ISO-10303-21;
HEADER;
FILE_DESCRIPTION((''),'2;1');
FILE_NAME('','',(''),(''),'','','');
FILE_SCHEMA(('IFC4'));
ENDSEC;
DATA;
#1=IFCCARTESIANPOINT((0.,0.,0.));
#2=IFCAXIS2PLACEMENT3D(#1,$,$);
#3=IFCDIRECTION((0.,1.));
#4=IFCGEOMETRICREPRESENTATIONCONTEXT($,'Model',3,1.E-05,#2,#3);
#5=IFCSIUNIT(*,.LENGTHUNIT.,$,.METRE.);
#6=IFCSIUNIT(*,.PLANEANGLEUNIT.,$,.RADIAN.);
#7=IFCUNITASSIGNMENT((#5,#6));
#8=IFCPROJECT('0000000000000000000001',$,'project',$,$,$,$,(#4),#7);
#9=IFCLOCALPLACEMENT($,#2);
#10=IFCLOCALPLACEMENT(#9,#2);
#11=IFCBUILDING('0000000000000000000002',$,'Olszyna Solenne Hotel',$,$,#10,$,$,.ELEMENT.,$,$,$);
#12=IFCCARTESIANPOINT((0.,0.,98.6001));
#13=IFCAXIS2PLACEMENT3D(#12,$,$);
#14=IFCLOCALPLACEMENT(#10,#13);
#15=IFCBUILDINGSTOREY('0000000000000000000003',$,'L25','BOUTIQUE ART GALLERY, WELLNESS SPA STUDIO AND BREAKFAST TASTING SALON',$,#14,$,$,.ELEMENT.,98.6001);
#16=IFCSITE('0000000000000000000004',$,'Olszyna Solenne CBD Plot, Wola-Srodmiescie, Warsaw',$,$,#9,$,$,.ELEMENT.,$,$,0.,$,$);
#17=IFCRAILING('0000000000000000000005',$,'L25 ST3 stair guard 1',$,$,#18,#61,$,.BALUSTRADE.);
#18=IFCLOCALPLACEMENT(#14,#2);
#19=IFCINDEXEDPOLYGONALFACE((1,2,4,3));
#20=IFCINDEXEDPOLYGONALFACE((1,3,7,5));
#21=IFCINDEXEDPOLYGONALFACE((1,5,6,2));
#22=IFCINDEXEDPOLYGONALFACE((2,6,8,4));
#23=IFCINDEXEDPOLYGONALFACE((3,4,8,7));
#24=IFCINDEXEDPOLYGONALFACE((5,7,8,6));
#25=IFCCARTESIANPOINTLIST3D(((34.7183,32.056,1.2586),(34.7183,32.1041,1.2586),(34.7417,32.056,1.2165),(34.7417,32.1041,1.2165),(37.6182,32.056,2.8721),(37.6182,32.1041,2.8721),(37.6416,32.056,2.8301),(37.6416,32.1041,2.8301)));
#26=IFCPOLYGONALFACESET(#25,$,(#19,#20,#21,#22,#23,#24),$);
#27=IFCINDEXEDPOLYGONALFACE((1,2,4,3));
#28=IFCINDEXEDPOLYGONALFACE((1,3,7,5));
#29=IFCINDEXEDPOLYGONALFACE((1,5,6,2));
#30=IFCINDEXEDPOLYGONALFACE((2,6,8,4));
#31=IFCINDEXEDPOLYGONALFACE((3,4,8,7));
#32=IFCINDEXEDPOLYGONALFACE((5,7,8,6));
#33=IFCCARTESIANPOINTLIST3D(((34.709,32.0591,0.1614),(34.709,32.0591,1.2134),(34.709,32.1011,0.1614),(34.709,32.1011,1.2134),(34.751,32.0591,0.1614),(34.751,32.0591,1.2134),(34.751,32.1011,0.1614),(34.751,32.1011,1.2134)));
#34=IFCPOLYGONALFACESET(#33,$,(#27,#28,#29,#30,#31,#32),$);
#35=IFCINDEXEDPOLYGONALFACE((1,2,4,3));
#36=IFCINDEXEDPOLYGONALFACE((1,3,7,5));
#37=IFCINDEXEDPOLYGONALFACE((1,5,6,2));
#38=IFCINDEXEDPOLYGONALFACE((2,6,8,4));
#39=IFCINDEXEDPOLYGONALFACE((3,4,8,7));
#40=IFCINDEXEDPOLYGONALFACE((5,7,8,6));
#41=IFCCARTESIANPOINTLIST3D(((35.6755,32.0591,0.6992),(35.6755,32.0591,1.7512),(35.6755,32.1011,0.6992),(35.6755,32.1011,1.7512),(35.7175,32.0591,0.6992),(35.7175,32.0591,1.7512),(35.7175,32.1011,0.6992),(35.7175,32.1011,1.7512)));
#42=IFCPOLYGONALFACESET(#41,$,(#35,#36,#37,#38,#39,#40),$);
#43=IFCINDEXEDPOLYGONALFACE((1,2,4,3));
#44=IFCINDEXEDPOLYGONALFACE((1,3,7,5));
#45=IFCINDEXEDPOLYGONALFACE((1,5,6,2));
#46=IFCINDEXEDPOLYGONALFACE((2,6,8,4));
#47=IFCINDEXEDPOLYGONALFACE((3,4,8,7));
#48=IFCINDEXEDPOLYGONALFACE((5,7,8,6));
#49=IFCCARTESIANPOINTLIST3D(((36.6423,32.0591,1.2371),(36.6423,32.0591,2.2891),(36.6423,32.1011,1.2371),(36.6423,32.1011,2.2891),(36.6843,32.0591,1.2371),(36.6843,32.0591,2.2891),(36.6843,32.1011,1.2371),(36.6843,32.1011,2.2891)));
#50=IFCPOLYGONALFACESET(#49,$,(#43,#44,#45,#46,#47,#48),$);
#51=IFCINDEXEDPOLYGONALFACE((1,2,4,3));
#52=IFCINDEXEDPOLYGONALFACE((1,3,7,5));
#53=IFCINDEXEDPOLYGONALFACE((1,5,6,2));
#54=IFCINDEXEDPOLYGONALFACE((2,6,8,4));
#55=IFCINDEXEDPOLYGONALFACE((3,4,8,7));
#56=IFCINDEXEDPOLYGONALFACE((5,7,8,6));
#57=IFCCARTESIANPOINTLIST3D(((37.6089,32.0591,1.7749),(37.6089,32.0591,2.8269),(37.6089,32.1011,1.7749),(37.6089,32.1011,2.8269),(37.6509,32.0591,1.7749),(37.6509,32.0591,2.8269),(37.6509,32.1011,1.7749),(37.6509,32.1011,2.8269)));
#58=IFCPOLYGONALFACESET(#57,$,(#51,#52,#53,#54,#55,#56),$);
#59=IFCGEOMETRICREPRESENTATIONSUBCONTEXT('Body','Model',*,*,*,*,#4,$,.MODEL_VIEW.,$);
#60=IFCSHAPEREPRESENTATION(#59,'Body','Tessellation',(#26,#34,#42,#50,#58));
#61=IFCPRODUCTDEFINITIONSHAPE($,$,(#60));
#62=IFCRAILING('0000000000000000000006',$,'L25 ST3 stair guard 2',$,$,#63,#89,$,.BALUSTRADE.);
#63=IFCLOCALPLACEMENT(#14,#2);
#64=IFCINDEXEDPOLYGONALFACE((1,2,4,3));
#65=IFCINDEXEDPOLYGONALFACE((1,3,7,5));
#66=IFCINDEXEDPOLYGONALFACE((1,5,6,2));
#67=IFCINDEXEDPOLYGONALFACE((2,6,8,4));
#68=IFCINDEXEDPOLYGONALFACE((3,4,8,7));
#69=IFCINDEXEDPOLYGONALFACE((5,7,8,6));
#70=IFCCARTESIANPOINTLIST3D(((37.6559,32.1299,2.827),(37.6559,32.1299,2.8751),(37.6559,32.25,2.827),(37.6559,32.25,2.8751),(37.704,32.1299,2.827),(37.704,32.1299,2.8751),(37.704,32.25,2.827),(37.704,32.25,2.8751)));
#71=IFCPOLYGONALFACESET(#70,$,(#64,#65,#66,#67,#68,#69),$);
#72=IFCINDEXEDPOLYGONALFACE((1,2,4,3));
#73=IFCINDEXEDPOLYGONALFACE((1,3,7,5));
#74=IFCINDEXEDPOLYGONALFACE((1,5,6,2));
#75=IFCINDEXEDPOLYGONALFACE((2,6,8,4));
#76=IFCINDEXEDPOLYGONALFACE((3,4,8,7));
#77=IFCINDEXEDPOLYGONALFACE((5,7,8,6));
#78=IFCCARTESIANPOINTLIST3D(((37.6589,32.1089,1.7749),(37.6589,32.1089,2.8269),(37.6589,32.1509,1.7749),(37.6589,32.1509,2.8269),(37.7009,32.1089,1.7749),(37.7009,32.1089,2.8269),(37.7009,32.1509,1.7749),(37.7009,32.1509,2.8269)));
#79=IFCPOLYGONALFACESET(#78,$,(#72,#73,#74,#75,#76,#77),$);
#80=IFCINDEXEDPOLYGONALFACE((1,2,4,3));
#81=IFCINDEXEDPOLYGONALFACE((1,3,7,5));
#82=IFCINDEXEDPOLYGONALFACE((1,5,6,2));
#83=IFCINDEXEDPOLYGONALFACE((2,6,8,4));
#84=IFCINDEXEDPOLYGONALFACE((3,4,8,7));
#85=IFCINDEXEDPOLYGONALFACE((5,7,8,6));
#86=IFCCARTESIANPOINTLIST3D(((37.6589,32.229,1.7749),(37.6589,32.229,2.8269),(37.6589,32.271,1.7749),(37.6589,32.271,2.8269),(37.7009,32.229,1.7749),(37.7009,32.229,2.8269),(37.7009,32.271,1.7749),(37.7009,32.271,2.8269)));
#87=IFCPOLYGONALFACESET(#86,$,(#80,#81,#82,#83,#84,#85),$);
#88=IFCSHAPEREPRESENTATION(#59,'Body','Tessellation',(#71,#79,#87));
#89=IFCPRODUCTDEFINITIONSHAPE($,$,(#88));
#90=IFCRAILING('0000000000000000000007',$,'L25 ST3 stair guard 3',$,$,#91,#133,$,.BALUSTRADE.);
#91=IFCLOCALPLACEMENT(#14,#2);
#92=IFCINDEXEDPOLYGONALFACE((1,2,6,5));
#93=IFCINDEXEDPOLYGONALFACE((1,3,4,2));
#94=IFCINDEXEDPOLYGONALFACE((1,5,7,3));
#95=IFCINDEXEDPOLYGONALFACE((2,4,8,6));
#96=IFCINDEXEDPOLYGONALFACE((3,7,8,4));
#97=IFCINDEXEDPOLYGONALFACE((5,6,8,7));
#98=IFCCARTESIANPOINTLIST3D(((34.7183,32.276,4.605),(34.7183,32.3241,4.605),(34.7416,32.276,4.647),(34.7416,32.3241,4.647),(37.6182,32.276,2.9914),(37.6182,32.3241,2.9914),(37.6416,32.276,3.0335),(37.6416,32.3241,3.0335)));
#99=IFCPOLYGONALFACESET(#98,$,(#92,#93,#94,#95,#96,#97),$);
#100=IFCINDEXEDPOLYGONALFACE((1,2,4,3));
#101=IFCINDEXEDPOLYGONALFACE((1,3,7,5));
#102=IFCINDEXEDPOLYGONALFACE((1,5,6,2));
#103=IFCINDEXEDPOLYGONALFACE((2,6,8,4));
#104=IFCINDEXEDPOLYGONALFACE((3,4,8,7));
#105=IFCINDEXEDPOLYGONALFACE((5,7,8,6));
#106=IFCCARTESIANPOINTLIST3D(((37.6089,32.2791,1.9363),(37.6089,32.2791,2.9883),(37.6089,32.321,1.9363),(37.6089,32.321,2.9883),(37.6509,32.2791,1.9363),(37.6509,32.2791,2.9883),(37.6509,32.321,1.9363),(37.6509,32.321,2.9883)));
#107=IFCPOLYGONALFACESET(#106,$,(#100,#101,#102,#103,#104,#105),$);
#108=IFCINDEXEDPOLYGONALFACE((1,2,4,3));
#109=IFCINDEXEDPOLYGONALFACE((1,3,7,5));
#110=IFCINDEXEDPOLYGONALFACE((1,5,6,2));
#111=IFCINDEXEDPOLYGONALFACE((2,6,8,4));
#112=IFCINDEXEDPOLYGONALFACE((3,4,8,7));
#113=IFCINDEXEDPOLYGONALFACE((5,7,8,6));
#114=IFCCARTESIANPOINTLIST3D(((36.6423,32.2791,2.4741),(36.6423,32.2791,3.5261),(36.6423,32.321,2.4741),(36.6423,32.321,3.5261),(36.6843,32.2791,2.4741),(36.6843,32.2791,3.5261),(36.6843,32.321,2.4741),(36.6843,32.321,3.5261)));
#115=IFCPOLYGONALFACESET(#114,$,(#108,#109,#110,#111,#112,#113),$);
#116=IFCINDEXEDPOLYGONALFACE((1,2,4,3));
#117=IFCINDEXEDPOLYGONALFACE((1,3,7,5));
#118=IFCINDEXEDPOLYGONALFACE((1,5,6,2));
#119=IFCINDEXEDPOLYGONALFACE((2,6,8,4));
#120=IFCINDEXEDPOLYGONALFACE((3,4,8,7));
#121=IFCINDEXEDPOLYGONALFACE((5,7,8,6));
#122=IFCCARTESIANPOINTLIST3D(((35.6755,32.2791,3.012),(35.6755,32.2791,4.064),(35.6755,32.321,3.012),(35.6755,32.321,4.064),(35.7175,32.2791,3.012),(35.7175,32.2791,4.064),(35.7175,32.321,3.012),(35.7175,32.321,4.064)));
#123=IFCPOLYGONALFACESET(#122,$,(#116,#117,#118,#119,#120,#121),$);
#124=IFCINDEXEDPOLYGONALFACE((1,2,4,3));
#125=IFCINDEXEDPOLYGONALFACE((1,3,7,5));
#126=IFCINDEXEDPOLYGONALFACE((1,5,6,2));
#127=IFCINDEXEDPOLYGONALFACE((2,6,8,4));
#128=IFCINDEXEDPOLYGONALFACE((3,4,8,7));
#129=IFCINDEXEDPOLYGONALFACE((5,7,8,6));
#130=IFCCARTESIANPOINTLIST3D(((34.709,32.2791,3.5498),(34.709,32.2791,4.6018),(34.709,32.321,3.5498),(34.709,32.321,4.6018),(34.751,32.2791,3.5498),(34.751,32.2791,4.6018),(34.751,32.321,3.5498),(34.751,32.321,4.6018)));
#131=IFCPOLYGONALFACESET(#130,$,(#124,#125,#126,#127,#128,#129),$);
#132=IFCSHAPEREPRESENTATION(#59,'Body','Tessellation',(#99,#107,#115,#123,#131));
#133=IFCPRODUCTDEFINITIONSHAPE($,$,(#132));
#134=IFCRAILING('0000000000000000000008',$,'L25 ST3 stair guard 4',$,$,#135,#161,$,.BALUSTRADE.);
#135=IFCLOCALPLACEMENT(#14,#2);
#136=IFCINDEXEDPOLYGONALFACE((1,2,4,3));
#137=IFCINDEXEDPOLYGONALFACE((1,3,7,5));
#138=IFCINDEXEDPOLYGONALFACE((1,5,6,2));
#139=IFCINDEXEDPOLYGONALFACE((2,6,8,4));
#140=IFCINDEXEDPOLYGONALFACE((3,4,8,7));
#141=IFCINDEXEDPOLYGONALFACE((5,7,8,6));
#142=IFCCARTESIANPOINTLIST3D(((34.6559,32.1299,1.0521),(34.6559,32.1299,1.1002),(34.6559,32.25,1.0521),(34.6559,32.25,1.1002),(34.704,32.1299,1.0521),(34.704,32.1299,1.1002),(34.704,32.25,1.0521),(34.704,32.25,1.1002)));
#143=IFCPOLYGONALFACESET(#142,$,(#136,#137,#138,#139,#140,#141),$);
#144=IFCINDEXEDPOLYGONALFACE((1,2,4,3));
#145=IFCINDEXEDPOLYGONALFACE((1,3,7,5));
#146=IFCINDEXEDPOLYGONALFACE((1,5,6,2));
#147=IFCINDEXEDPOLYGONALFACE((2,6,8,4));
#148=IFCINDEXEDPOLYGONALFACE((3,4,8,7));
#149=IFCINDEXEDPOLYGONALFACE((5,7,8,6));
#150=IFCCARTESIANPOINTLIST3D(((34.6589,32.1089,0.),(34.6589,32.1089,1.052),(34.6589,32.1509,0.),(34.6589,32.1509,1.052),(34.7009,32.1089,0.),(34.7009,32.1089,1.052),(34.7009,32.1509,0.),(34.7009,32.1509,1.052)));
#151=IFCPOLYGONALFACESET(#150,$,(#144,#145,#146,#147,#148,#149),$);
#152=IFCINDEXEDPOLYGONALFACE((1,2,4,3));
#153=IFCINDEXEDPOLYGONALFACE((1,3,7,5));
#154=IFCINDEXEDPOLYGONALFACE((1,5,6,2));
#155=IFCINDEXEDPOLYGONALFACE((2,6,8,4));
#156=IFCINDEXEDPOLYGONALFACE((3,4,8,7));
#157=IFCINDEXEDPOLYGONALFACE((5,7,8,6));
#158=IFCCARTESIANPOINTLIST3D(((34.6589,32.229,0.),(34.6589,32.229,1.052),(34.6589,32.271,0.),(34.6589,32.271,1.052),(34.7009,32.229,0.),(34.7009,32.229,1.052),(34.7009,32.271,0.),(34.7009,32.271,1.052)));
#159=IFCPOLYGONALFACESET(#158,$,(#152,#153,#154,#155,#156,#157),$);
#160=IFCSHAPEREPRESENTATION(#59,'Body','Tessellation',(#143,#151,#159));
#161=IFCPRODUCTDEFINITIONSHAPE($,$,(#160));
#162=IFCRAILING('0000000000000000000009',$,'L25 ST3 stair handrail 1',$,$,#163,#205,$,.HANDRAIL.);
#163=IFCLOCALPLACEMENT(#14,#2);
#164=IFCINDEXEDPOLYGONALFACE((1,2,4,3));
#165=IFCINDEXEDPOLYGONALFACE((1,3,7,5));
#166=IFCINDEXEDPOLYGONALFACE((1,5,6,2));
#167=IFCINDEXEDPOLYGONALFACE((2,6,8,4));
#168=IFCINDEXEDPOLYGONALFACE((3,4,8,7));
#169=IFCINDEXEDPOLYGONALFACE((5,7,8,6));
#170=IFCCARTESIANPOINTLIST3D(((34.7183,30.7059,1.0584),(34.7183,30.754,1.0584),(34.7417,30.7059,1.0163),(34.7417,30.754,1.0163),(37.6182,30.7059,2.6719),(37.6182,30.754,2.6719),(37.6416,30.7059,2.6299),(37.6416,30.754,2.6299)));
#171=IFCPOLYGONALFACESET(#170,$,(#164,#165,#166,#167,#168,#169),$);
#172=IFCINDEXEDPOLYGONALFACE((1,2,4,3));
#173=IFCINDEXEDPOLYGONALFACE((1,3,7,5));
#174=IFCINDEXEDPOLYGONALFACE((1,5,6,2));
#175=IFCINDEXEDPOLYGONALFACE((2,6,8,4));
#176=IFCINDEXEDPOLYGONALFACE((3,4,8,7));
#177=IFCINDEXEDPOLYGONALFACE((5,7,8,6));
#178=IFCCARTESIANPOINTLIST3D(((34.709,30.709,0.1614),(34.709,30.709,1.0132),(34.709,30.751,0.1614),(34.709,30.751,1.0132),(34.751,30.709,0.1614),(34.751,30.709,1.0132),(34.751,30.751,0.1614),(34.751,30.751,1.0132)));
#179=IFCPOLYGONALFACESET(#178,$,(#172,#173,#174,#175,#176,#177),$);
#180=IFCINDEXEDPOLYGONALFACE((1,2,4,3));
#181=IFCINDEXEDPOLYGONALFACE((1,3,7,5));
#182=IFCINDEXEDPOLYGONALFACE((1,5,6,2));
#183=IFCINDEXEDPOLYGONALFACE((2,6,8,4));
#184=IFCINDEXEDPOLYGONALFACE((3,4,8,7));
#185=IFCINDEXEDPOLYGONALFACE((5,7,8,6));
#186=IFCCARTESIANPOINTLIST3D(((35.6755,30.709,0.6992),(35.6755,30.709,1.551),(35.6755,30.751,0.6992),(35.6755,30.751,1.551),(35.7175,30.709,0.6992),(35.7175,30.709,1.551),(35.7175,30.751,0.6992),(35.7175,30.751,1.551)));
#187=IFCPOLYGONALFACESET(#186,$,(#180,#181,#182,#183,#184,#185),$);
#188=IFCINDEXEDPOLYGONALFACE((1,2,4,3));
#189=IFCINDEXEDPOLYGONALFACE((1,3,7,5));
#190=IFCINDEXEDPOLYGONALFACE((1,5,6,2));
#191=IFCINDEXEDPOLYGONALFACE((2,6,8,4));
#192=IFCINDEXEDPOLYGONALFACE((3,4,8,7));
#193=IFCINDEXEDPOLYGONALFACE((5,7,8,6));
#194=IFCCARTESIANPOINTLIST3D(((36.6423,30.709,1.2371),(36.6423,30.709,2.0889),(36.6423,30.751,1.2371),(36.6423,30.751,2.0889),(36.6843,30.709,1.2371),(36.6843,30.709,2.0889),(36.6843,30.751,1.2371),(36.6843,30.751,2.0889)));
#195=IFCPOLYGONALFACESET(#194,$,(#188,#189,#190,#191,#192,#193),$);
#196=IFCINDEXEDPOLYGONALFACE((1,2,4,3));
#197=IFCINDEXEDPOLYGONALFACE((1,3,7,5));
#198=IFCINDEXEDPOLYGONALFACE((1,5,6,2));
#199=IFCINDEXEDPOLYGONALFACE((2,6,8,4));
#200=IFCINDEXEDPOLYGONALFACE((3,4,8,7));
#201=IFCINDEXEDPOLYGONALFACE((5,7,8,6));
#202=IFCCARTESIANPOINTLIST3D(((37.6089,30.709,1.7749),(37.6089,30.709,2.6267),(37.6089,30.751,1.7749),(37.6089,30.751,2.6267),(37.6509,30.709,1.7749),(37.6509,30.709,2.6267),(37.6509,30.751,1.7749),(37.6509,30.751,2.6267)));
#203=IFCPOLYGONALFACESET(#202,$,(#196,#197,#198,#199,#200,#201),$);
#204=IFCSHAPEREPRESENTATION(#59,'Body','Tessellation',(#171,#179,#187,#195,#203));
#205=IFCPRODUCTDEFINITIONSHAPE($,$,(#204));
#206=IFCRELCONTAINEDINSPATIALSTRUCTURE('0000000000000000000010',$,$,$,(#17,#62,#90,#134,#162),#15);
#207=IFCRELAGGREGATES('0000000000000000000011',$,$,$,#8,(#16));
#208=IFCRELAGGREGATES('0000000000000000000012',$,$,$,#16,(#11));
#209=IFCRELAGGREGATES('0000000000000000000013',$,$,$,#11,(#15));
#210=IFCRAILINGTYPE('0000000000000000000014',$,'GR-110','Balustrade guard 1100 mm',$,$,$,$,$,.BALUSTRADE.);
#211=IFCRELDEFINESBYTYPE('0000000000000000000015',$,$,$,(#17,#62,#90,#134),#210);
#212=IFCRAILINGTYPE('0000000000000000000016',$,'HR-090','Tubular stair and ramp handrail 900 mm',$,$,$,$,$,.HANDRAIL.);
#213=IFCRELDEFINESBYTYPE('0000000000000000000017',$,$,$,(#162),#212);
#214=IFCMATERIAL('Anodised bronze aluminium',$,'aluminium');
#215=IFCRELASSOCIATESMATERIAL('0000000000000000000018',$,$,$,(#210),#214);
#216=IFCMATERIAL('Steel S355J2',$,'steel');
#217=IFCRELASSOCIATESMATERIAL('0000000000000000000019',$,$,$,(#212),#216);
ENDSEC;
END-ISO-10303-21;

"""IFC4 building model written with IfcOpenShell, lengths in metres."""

from ifc_helpers import new_model, si_unit, direction, frame, origin, origin_2d, place, context, subcontext, project, spatial, rectangle, extrude, material, type_object, element, save


model = new_model("IFC4")

# Units and contexts
model_context = context("Model", 3, precision=1e-05, world=origin(), true_north=direction((0.0, 1.0)))
body_context = subcontext(model_context, "Body", "Model", "MODEL_VIEW")
ifc_project = project(units=[si_unit("LENGTHUNIT", "METRE"), si_unit("PLANEANGLEUNIT", "RADIAN")], contexts=[model_context])

# Site, building, storey
site_placement = place(None, origin())
site = spatial("IfcSite", under=ifc_project, at=site_placement, Name="Olszyna Solenne CBD Plot, Wola-Srodmiescie, Warsaw", CompositionType="ELEMENT", RefElevation=0.0)
building_placement = place(site_placement, origin())
building = spatial("IfcBuilding", under=site, at=building_placement, Name="Olszyna Solenne Hotel", CompositionType="ELEMENT")
storey_placement = place(building_placement, frame((0.0, 0.0, 98.6001)))
storey = spatial("IfcBuildingStorey", under=building, at=storey_placement, Name="L25", Description="BOUTIQUE ART GALLERY, WELLNESS SPA STUDIO AND BREAKFAST TASTING SALON", CompositionType="ELEMENT", Elevation=98.6001)

# Shared definitions
ifc_material_1 = material(Name="Anodised bronze aluminium", Category="aluminium")

# Shared definitions
ifc_material_2 = material(Name="Steel S355J2", Category="steel")

# Railings
railing_type_1 = type_object("IfcRailingType", Name="GR-110", Description="Balustrade guard 1100 mm", PredefinedType="BALUSTRADE", material=ifc_material_1)
railing_1_placement = place(storey_placement, frame((34.73, 32.0801, 0.1614)))
element("IfcRailing", 1, at=railing_1_placement, inside=storey, type_object=railing_type_1, Name="L25 ST3 stair guard 1", PredefinedType="BALUSTRADE", context=body_context, shape_type="SweptSolid", body=[
    extrude(rectangle(XDim=0.0481, YDim=0.0481, at=origin_2d()), frame((0.0, 0.0, 1.0762), z_axis=(0.873841, 0.0, 0.486211), x_axis=(0.0, 1.0, 0.0)), (0.0, 0.0, 1.0), 3.3186),
    extrude(rectangle(XDim=0.042, YDim=0.042, at=origin_2d()), origin(), (0.0, 0.0, 1.0), 1.052),
    extrude(rectangle(XDim=0.042, YDim=0.042, at=origin_2d()), frame((0.9666, 0.0, 0.5378)), (0.0, 0.0, 1.0), 1.052),
    extrude(rectangle(XDim=0.042, YDim=0.042, at=origin_2d()), frame((1.9333, 0.0, 1.0757)), (0.0, 0.0, 1.0), 1.052),
    extrude(rectangle(XDim=0.042, YDim=0.042, at=origin_2d()), frame((2.8999, 0.0, 1.6135)), (0.0, 0.0, 1.0), 1.052),
])
railing_2_placement = place(storey_placement, frame((37.6799, 32.1299, 1.7749)))
element("IfcRailing", 2, at=railing_2_placement, inside=storey, type_object=railing_type_1, Name="L25 ST3 stair guard 2", PredefinedType="BALUSTRADE", context=body_context, shape_type="SweptSolid", body=[
    extrude(rectangle(XDim=0.0481, YDim=0.0481, at=origin_2d()), frame((0.0, 0.0, 1.0762), z_axis=(0.0, 1.0, 0.0), x_axis=(-1.0, 0.0, 0.0)), (0.0, 0.0, 1.0), 0.1201),
    extrude(rectangle(XDim=0.042, YDim=0.042, at=origin_2d()), origin(), (0.0, 0.0, 1.0), 1.052),
    extrude(rectangle(XDim=0.042, YDim=0.042, at=origin_2d()), frame((0.0, 0.1201, 0.0)), (0.0, 0.0, 1.0), 1.052),
])
railing_3_placement = place(storey_placement, frame((37.6299, 32.3, 1.9363)))
element("IfcRailing", 3, at=railing_3_placement, inside=storey, type_object=railing_type_1, Name="L25 ST3 stair guard 3", PredefinedType="BALUSTRADE", context=body_context, shape_type="SweptSolid", body=[
    extrude(rectangle(XDim=0.0481, YDim=0.0481, at=origin_2d()), frame((0.0, 0.0, 1.0762), z_axis=(-0.873841, 0.0, 0.486211), x_axis=(0.0, -1.0, 0.0)), (0.0, 0.0, 1.0), 3.3186),
    extrude(rectangle(XDim=0.042, YDim=0.042, at=origin_2d()), origin(), (0.0, 0.0, 1.0), 1.052),
    extrude(rectangle(XDim=0.042, YDim=0.042, at=origin_2d()), frame((-0.9666, 0.0, 0.5378)), (0.0, 0.0, 1.0), 1.052),
    extrude(rectangle(XDim=0.042, YDim=0.042, at=origin_2d()), frame((-1.9333, 0.0, 1.0757)), (0.0, 0.0, 1.0), 1.052),
    extrude(rectangle(XDim=0.042, YDim=0.042, at=origin_2d()), frame((-2.8999, 0.0, 1.6135)), (0.0, 0.0, 1.0), 1.052),
])
railing_4_placement = place(storey_placement, frame((34.6799, 32.1299, 0.0)))
element("IfcRailing", 4, at=railing_4_placement, inside=storey, type_object=railing_type_1, Name="L25 ST3 stair guard 4", PredefinedType="BALUSTRADE", context=body_context, shape_type="SweptSolid", body=[
    extrude(rectangle(XDim=0.0481, YDim=0.0481, at=origin_2d()), frame((0.0, 0.0, 1.0762), z_axis=(0.0, 1.0, 0.0), x_axis=(-1.0, 0.0, 0.0)), (0.0, 0.0, 1.0), 0.1201),
    extrude(rectangle(XDim=0.042, YDim=0.042, at=origin_2d()), origin(), (0.0, 0.0, 1.0), 1.052),
    extrude(rectangle(XDim=0.042, YDim=0.042, at=origin_2d()), frame((0.0, 0.1201, 0.0)), (0.0, 0.0, 1.0), 1.052),
])
railing_type_2 = type_object("IfcRailingType", Name="HR-090", Description="Tubular stair and ramp handrail 900 mm", PredefinedType="HANDRAIL", material=ifc_material_2)
railing_5_placement = place(storey_placement, frame((34.73, 30.73, 0.1614)))
element("IfcRailing", 5, at=railing_5_placement, inside=storey, type_object=railing_type_2, Name="L25 ST3 stair handrail 1", PredefinedType="HANDRAIL", context=body_context, shape_type="SweptSolid", body=[
    extrude(rectangle(XDim=0.0481, YDim=0.0481, at=origin_2d()), frame((0.0, 0.0, 0.876), z_axis=(0.873841, 0.0, 0.486211), x_axis=(0.0, 1.0, 0.0)), (0.0, 0.0, 1.0), 3.3186),
    extrude(rectangle(XDim=0.042, YDim=0.042, at=origin_2d()), origin(), (0.0, 0.0, 1.0), 0.8518),
    extrude(rectangle(XDim=0.042, YDim=0.042, at=origin_2d()), frame((0.9666, 0.0, 0.5378)), (0.0, 0.0, 1.0), 0.8518),
    extrude(rectangle(XDim=0.042, YDim=0.042, at=origin_2d()), frame((1.9333, 0.0, 1.0757)), (0.0, 0.0, 1.0), 0.8518),
    extrude(rectangle(XDim=0.042, YDim=0.042, at=origin_2d()), frame((2.8999, 0.0, 1.6135)), (0.0, 0.0, 1.0), 0.8518),
])

save(model, "model.ifc")
